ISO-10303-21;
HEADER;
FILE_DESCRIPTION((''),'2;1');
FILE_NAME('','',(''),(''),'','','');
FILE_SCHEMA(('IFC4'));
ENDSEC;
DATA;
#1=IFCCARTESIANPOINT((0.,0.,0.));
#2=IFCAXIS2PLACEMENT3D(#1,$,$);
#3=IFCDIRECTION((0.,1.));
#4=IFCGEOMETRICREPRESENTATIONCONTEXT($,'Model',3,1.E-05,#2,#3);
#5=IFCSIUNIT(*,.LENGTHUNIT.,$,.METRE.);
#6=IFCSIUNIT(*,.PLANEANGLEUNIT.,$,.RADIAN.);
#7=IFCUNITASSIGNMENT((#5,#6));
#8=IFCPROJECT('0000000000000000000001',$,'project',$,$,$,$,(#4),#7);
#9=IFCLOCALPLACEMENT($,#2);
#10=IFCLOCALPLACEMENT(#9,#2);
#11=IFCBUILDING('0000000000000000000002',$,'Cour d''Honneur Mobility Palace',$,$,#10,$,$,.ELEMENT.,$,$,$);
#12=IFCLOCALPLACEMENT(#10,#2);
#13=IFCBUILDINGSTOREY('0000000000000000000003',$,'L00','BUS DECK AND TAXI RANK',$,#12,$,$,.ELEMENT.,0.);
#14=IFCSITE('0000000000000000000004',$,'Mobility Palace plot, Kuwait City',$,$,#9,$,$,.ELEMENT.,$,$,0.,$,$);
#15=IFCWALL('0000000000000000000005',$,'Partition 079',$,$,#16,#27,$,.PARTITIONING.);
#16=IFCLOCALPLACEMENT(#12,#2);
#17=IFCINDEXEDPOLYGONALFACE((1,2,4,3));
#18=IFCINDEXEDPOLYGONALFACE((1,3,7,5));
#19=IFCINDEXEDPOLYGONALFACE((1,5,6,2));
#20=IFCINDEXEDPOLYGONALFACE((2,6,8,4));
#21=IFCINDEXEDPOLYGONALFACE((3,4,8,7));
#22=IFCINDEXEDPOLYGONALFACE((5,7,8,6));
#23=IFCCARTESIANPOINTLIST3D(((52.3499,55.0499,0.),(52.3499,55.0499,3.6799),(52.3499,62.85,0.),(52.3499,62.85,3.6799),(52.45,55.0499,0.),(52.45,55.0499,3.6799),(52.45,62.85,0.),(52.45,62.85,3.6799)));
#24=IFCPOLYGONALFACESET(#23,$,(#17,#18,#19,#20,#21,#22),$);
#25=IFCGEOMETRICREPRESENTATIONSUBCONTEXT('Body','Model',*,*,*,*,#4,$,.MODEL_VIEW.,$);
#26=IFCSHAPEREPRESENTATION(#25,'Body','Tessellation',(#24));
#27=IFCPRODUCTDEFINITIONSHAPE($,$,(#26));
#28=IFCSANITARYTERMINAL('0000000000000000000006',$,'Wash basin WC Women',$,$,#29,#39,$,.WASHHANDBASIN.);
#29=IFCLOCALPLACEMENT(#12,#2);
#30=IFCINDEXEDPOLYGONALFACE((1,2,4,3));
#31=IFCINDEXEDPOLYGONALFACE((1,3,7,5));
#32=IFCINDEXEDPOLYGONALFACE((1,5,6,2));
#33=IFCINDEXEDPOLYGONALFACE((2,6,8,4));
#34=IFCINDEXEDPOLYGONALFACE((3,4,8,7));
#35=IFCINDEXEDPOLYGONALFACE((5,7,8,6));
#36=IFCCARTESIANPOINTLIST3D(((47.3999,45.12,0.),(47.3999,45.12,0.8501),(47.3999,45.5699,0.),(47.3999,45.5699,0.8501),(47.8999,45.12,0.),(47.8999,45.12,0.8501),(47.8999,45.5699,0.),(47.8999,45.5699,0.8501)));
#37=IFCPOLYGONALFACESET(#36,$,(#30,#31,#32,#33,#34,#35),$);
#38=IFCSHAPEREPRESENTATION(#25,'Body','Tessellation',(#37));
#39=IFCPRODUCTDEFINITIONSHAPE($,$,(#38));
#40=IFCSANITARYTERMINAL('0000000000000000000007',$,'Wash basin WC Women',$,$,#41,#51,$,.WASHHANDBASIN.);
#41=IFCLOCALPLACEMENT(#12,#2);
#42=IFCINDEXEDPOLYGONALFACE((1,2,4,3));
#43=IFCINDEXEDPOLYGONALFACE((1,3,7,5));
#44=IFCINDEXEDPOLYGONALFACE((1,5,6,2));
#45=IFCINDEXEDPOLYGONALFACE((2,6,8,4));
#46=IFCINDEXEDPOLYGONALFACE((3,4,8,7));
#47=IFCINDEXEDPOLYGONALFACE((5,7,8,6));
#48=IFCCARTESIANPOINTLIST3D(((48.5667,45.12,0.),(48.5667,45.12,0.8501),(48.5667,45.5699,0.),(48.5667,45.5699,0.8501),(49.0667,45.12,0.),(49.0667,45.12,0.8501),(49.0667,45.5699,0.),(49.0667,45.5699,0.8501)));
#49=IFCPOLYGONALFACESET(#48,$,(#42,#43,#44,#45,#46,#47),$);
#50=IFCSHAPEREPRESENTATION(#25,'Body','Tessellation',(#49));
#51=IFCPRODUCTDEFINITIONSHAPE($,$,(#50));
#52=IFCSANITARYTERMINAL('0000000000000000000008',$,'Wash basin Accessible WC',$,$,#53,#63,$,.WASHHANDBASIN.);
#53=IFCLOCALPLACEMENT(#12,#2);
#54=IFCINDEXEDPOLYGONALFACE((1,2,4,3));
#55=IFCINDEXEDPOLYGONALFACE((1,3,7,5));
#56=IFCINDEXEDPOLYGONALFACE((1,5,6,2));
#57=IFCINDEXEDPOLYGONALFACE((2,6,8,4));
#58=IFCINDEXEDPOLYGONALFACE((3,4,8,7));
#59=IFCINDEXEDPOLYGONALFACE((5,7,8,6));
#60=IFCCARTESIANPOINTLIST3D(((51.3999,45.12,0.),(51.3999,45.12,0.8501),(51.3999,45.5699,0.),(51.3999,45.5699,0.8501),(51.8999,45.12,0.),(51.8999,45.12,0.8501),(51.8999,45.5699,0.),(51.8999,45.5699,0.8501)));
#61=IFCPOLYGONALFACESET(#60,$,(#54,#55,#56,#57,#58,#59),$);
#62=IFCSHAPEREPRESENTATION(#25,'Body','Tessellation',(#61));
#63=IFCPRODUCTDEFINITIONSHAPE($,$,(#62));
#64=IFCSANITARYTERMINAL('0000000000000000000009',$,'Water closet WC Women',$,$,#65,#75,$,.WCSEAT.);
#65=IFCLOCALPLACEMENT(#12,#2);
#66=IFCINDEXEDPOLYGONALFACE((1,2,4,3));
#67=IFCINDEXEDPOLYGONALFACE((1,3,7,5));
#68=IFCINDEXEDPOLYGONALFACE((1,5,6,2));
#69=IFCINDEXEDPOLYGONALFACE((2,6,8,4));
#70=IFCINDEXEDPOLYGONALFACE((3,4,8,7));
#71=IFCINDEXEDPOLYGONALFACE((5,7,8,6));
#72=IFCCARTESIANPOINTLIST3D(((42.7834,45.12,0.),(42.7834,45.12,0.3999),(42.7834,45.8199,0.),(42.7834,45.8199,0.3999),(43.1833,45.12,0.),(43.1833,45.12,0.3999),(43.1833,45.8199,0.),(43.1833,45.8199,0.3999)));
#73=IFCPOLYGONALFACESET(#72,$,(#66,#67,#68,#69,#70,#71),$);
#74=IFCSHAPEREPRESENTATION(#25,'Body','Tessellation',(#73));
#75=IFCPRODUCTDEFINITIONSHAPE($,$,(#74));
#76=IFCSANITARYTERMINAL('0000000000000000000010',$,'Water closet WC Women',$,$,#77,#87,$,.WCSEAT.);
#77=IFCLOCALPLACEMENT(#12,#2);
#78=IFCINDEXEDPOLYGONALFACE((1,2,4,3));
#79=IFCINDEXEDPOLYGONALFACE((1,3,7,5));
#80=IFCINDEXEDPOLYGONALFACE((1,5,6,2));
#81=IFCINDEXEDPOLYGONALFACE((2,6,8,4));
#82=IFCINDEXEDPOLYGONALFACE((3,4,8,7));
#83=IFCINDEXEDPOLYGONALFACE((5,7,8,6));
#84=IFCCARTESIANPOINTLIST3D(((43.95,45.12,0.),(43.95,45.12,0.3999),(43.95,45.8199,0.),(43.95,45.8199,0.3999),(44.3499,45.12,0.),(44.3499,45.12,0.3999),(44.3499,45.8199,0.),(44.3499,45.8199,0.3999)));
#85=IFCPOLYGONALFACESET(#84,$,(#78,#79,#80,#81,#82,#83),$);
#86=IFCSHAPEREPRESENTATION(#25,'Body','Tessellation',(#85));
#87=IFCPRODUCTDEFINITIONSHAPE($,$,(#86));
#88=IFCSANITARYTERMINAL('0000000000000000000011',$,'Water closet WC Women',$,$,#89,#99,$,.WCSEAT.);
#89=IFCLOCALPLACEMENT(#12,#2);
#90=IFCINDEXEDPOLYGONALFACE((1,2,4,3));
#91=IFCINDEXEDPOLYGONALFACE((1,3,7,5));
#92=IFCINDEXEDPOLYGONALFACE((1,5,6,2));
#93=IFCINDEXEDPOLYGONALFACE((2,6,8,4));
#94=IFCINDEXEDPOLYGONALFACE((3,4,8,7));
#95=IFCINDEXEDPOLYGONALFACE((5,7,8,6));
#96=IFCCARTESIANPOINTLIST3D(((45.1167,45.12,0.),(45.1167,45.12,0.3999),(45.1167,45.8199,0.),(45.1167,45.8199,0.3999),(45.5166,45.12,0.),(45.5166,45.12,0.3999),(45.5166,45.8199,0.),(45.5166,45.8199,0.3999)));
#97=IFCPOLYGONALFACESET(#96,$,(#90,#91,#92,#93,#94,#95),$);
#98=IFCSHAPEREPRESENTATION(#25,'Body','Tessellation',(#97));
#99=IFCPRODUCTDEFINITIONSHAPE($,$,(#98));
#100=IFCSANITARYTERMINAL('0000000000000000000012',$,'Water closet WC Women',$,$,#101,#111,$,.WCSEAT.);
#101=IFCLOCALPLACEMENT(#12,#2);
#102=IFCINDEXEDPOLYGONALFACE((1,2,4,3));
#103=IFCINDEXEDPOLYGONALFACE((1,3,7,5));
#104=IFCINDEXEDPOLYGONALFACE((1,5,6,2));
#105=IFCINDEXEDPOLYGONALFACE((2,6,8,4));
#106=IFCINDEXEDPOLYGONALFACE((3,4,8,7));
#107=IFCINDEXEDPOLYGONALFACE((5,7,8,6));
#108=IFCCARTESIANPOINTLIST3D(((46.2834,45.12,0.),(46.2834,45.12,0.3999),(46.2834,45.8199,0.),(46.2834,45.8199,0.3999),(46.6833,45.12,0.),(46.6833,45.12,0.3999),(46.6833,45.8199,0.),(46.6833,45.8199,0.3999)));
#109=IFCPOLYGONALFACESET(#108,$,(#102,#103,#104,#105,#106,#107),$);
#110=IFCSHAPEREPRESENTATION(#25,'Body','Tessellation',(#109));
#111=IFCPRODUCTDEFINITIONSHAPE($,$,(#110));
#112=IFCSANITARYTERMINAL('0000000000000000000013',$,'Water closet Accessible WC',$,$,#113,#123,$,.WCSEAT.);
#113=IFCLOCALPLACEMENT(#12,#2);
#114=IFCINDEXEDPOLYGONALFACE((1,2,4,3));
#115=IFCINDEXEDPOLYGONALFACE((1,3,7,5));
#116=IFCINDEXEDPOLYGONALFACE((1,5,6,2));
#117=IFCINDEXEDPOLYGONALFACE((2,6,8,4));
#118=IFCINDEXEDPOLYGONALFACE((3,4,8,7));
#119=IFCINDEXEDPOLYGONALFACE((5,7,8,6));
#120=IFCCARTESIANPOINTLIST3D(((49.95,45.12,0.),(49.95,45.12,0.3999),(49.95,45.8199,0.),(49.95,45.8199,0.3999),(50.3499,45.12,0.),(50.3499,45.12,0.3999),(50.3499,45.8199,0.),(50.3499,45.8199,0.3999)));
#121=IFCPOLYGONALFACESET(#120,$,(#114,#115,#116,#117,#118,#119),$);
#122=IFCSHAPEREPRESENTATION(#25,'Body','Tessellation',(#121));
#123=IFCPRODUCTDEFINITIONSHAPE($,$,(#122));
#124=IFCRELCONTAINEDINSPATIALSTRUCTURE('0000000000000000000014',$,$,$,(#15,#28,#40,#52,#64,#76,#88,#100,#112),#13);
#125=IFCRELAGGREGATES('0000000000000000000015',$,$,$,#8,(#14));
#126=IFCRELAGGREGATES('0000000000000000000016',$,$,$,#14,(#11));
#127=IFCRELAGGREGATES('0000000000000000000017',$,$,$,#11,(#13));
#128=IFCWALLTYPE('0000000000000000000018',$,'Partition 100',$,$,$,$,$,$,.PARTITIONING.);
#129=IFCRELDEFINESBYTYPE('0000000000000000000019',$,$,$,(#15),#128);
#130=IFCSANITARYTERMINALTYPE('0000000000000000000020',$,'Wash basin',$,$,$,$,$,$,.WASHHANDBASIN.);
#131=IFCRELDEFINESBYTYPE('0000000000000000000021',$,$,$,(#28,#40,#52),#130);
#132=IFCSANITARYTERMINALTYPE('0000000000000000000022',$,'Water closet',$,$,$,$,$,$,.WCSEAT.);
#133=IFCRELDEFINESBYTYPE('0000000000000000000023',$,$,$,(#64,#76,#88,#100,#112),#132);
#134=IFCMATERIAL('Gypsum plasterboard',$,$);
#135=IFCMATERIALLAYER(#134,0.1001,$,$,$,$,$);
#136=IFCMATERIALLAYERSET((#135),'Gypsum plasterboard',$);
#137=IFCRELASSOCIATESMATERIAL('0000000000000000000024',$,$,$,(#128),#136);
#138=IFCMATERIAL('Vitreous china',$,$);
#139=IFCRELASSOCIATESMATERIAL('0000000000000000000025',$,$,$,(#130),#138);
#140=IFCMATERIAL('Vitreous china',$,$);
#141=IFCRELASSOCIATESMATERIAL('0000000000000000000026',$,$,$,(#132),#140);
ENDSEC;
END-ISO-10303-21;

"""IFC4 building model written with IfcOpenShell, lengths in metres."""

from ifc_helpers import new_model, si_unit, direction, frame, frame_2d, origin, origin_2d, place, context, subcontext, project, spatial, rectangle, extrude, material, layer, layer_set, type_object, element, save


model = new_model("IFC4")

# Units and contexts
model_context = context("Model", 3, precision=1e-05, world=origin(), true_north=direction((0.0, 1.0)))
body_context = subcontext(model_context, "Body", "Model", "MODEL_VIEW")
ifc_project = project(units=[si_unit("LENGTHUNIT", "METRE"), si_unit("PLANEANGLEUNIT", "RADIAN")], contexts=[model_context])

# Site, building, storey
site_placement = place(None, origin())
site = spatial("IfcSite", under=ifc_project, at=site_placement, Name="Mobility Palace plot, Kuwait City", CompositionType="ELEMENT", RefElevation=0.0)
building_placement = place(site_placement, origin())
building = spatial("IfcBuilding", under=site, at=building_placement, Name="Cour d'Honneur Mobility Palace", CompositionType="ELEMENT")
storey_placement = place(building_placement, origin())
storey = spatial("IfcBuildingStorey", under=building, at=storey_placement, Name="L00", Description="BUS DECK AND TAXI RANK", CompositionType="ELEMENT", Elevation=0.0)

# Shared definitions
ifc_material_1 = material(Name="Gypsum plasterboard")
ifc_layer = layer(ifc_material_1, 0.1001)
ifc_layer_set = layer_set([ifc_layer], Name="Gypsum plasterboard")
wall_type = type_object("IfcWallType", Name="Partition 100", PredefinedType="PARTITIONING", material=ifc_layer_set)

# Wall
wall_1_placement = place(storey_placement, frame((52.3999, 55.05, 0.0), z_axis=(0.0, 0.0, 1.0), x_axis=(0.0, 1.0, 0.0)))
element("IfcWall", 1, at=wall_1_placement, inside=storey, type_object=wall_type, Name="Partition 079", PredefinedType="PARTITIONING", context=body_context, shape_type="SweptSolid", body=[
    extrude(rectangle(XDim=7.8, YDim=0.1001, at=frame_2d((3.8999, 0.0))), origin(), (0.0, 0.0, 1.0), 3.6799),
])

# Sanitary terminals
ifc_material_2 = material(Name="Vitreous china")
sanitary_terminal_type_1 = type_object("IfcSanitaryTerminalType", Name="Wash basin", PredefinedType="WASHHANDBASIN", material=ifc_material_2)
for number, where, z_axis, x_axis, name in (
    (2, (47.6499, 45.345, 0.0), (0.0, 0.0, 1.0), (1.0, 0.0, 0.0), "Wash basin WC Women"),
    (3, (48.8167, 45.345, 0.0), (0.0, 0.0, 1.0), (1.0, 0.0, 0.0), "Wash basin WC Women"),
    (4, (51.6499, 45.345, 0.0), (0.0, 0.0, 1.0), (1.0, 0.0, 0.0), "Wash basin Accessible WC"),
):
    element("IfcSanitaryTerminal", number, at=place(storey_placement, frame(where, z_axis=z_axis, x_axis=x_axis)), inside=storey, type_object=sanitary_terminal_type_1, Name=name, PredefinedType="WASHHANDBASIN", context=body_context, shape_type="SweptSolid", body=[
        extrude(rectangle(XDim=0.5, YDim=0.45, at=origin_2d()), origin(), (0.0, 0.0, 1.0), 0.8501),
    ])
ifc_material_3 = material(Name="Vitreous china")
sanitary_terminal_type_2 = type_object("IfcSanitaryTerminalType", Name="Water closet", PredefinedType="WCSEAT", material=ifc_material_3)
for number, where, z_axis, x_axis, name in (
    (5, (42.9834, 45.47, 0.0), (0.0, 0.0, 1.0), (1.0, 0.0, 0.0), "Water closet WC Women"),
    (6, (44.1499, 45.47, 0.0), (0.0, 0.0, 1.0), (1.0, 0.0, 0.0), "Water closet WC Women"),
    (7, (45.3167, 45.47, 0.0), (0.0, 0.0, 1.0), (1.0, 0.0, 0.0), "Water closet WC Women"),
    (8, (46.4834, 45.47, 0.0), (0.0, 0.0, 1.0), (1.0, 0.0, 0.0), "Water closet WC Women"),
    (9, (50.1499, 45.47, 0.0), (0.0, 0.0, 1.0), (1.0, 0.0, 0.0), "Water closet Accessible WC"),
):
    element("IfcSanitaryTerminal", number, at=place(storey_placement, frame(where, z_axis=z_axis, x_axis=x_axis)), inside=storey, type_object=sanitary_terminal_type_2, Name=name, PredefinedType="WCSEAT", context=body_context, shape_type="SweptSolid", body=[
        extrude(rectangle(XDim=0.3999, YDim=0.7, at=origin_2d()), origin(), (0.0, 0.0, 1.0), 0.3999),
    ])

save(model, "model.ifc")
